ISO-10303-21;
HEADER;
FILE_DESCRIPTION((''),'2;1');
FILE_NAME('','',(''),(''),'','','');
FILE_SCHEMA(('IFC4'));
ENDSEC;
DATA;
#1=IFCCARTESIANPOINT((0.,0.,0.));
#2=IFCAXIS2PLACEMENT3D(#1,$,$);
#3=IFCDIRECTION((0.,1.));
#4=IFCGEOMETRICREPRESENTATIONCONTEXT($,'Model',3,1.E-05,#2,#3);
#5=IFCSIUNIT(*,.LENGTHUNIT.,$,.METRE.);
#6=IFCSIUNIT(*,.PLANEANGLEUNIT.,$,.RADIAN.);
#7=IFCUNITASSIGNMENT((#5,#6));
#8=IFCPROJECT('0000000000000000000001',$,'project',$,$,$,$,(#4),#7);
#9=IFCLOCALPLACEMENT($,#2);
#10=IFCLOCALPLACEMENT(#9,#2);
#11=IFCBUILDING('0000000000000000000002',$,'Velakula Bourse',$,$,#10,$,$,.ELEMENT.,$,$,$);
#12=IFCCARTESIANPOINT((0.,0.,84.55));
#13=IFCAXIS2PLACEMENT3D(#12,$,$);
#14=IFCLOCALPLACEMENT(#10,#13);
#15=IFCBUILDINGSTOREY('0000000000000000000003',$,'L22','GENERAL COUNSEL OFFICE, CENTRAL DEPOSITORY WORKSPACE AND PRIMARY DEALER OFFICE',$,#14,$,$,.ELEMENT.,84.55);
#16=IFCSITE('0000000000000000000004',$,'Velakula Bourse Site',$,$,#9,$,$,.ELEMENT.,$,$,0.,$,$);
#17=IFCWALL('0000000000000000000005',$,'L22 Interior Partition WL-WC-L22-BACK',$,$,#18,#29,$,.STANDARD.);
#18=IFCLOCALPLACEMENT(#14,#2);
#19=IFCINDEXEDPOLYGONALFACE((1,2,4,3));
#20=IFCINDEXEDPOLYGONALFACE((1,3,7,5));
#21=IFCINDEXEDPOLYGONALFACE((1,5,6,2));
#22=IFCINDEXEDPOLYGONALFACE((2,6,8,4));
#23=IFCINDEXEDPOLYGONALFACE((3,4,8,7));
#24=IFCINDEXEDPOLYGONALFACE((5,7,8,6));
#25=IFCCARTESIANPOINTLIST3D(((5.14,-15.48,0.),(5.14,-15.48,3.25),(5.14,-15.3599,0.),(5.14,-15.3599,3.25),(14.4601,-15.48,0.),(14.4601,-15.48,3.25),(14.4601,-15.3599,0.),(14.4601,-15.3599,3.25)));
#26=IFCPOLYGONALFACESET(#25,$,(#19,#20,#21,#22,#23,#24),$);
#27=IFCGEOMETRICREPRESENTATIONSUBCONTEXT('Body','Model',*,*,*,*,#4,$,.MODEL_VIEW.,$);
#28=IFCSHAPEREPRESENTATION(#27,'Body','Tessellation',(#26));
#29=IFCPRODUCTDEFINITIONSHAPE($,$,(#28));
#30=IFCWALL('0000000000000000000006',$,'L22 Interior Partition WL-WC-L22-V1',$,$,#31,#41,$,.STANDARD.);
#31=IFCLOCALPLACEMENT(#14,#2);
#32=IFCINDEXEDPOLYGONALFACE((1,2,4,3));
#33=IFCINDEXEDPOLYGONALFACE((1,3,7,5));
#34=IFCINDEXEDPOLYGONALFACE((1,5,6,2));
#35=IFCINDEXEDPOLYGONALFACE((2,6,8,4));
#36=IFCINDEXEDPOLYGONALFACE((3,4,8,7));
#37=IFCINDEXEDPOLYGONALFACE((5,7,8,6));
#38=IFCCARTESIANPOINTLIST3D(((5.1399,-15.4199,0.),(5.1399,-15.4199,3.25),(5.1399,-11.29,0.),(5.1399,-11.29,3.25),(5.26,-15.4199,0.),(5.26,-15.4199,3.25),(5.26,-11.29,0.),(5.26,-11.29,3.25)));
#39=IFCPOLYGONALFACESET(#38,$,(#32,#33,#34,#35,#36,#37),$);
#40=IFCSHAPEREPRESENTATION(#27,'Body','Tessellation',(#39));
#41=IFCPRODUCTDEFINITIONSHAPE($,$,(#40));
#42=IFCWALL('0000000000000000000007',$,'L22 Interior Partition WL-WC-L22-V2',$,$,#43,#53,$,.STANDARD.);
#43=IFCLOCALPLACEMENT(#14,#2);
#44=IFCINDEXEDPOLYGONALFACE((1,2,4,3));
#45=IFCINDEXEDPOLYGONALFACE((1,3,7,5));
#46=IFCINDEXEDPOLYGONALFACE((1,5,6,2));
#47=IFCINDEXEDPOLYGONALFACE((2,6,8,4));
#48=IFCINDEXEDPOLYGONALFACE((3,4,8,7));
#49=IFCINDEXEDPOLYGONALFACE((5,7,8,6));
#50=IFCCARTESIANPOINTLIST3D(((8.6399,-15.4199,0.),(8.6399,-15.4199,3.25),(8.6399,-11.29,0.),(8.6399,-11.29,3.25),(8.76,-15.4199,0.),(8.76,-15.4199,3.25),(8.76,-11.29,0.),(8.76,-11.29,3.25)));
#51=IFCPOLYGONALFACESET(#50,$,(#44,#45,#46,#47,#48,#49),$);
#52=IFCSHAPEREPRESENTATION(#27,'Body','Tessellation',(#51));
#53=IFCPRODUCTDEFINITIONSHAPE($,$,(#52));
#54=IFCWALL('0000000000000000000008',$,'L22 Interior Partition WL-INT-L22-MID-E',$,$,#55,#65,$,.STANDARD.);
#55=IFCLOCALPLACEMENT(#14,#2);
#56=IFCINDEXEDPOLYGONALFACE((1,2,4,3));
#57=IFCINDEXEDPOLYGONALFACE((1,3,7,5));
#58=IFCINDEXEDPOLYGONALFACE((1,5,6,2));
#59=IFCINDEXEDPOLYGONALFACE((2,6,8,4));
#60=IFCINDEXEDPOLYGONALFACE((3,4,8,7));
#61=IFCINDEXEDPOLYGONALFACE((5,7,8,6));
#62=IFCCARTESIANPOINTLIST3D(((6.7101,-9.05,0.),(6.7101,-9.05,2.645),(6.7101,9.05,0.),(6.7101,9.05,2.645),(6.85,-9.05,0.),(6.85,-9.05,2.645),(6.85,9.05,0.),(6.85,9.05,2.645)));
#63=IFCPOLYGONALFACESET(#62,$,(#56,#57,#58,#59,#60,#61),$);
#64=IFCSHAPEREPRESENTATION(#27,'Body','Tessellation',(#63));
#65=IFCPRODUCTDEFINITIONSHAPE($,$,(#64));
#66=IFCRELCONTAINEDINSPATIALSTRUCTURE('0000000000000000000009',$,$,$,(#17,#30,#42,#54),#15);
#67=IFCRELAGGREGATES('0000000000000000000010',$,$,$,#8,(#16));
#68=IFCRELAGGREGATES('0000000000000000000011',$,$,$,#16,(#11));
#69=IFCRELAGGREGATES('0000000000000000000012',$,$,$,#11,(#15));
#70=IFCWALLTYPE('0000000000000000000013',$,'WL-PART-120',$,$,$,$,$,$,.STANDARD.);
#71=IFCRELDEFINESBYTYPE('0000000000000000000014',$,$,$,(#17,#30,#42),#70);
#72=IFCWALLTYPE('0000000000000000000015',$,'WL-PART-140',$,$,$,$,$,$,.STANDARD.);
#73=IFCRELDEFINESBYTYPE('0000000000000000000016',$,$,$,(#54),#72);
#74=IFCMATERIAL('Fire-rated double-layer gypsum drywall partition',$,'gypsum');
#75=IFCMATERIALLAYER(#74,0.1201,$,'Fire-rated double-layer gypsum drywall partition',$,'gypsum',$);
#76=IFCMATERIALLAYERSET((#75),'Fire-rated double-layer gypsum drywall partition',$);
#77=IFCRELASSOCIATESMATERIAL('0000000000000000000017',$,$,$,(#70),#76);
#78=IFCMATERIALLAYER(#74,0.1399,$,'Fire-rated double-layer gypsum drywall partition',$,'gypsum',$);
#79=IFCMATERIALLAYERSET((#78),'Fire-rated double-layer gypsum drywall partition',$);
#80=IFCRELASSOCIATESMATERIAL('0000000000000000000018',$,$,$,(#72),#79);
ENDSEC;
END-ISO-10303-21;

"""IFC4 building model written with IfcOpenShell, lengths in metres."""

from ifc_helpers import new_model, si_unit, direction, frame, frame_2d, origin, place, context, subcontext, project, spatial, rectangle, extrude, material, layer, layer_set, type_object, element, save


model = new_model("IFC4")

# Units and contexts
model_context = context("Model", 3, precision=1e-05, world=origin(), true_north=direction((0.0, 1.0)))
body_context = subcontext(model_context, "Body", "Model", "MODEL_VIEW")
ifc_project = project(units=[si_unit("LENGTHUNIT", "METRE"), si_unit("PLANEANGLEUNIT", "RADIAN")], contexts=[model_context])

# Site, building, storey
site_placement = place(None, origin())
site = spatial("IfcSite", under=ifc_project, at=site_placement, Name="Velakula Bourse Site", CompositionType="ELEMENT", RefElevation=0.0)
building_placement = place(site_placement, origin())
building = spatial("IfcBuilding", under=site, at=building_placement, Name="Velakula Bourse", CompositionType="ELEMENT")
storey_placement = place(building_placement, frame((0.0, 0.0, 84.55)))
storey = spatial("IfcBuildingStorey", under=building, at=storey_placement, Name="L22", Description="GENERAL COUNSEL OFFICE, CENTRAL DEPOSITORY WORKSPACE AND PRIMARY DEALER OFFICE", CompositionType="ELEMENT", Elevation=84.55)

# Walls
ifc_material_1 = material(Name="Fire-rated double-layer gypsum drywall partition", Category="gypsum")
ifc_layer_1 = layer(ifc_material_1, 0.1201, Name="Fire-rated double-layer gypsum drywall partition", Category="gypsum")
ifc_layer_set_1 = layer_set([ifc_layer_1], Name="Fire-rated double-layer gypsum drywall partition")
wall_type_1 = type_object("IfcWallType", Name="WL-PART-120", PredefinedType="STANDARD", material=ifc_layer_set_1)
wall_1_placement = place(storey_placement, frame((5.1399, -15.4199, 0.0), z_axis=(0.0, 0.0, 1.0), x_axis=(1.0, 0.0, 0.0)))
element("IfcWall", 1, at=wall_1_placement, inside=storey, type_object=wall_type_1, Name="L22 Interior Partition WL-WC-L22-BACK", PredefinedType="STANDARD", context=body_context, shape_type="SweptSolid", body=[
    extrude(rectangle(XDim=9.3201, YDim=0.1201, at=frame_2d((4.6602, 0.0))), origin(), (0.0, 0.0, 1.0), 3.25),
])
for number, where, z_axis, x_axis, name in (
    (2, (5.2, -15.4199, 0.0), (0.0, 0.0, 1.0), (0.0, 1.0, 0.0), "L22 Interior Partition WL-WC-L22-V1"),
    (3, (8.7, -15.4199, 0.0), (0.0, 0.0, 1.0), (0.0, 1.0, 0.0), "L22 Interior Partition WL-WC-L22-V2"),
):
    element("IfcWall", number, at=place(storey_placement, frame(where, z_axis=z_axis, x_axis=x_axis)), inside=storey, type_object=wall_type_1, Name=name, PredefinedType="STANDARD", context=body_context, shape_type="SweptSolid", body=[
        extrude(rectangle(XDim=4.1299, YDim=0.1201, at=frame_2d((2.0649, 0.0))), origin(), (0.0, 0.0, 1.0), 3.25),
    ])
ifc_layer_2 = layer(ifc_material_1, 0.1399, Name="Fire-rated double-layer gypsum drywall partition", Category="gypsum")
ifc_layer_set_2 = layer_set([ifc_layer_2], Name="Fire-rated double-layer gypsum drywall partition")
wall_type_2 = type_object("IfcWallType", Name="WL-PART-140", PredefinedType="STANDARD", material=ifc_layer_set_2)
wall_2_placement = place(storey_placement, frame((6.78, -9.05, 0.0), z_axis=(0.0, 0.0, 1.0), x_axis=(0.0, 1.0, 0.0)))
element("IfcWall", 4, at=wall_2_placement, inside=storey, type_object=wall_type_2, Name="L22 Interior Partition WL-INT-L22-MID-E", PredefinedType="STANDARD", context=body_context, shape_type="SweptSolid", body=[
    extrude(rectangle(XDim=18.1001, YDim=0.1399, at=frame_2d((9.05, 0.0))), origin(), (0.0, 0.0, 1.0), 2.645),
])

save(model, "model.ifc")
